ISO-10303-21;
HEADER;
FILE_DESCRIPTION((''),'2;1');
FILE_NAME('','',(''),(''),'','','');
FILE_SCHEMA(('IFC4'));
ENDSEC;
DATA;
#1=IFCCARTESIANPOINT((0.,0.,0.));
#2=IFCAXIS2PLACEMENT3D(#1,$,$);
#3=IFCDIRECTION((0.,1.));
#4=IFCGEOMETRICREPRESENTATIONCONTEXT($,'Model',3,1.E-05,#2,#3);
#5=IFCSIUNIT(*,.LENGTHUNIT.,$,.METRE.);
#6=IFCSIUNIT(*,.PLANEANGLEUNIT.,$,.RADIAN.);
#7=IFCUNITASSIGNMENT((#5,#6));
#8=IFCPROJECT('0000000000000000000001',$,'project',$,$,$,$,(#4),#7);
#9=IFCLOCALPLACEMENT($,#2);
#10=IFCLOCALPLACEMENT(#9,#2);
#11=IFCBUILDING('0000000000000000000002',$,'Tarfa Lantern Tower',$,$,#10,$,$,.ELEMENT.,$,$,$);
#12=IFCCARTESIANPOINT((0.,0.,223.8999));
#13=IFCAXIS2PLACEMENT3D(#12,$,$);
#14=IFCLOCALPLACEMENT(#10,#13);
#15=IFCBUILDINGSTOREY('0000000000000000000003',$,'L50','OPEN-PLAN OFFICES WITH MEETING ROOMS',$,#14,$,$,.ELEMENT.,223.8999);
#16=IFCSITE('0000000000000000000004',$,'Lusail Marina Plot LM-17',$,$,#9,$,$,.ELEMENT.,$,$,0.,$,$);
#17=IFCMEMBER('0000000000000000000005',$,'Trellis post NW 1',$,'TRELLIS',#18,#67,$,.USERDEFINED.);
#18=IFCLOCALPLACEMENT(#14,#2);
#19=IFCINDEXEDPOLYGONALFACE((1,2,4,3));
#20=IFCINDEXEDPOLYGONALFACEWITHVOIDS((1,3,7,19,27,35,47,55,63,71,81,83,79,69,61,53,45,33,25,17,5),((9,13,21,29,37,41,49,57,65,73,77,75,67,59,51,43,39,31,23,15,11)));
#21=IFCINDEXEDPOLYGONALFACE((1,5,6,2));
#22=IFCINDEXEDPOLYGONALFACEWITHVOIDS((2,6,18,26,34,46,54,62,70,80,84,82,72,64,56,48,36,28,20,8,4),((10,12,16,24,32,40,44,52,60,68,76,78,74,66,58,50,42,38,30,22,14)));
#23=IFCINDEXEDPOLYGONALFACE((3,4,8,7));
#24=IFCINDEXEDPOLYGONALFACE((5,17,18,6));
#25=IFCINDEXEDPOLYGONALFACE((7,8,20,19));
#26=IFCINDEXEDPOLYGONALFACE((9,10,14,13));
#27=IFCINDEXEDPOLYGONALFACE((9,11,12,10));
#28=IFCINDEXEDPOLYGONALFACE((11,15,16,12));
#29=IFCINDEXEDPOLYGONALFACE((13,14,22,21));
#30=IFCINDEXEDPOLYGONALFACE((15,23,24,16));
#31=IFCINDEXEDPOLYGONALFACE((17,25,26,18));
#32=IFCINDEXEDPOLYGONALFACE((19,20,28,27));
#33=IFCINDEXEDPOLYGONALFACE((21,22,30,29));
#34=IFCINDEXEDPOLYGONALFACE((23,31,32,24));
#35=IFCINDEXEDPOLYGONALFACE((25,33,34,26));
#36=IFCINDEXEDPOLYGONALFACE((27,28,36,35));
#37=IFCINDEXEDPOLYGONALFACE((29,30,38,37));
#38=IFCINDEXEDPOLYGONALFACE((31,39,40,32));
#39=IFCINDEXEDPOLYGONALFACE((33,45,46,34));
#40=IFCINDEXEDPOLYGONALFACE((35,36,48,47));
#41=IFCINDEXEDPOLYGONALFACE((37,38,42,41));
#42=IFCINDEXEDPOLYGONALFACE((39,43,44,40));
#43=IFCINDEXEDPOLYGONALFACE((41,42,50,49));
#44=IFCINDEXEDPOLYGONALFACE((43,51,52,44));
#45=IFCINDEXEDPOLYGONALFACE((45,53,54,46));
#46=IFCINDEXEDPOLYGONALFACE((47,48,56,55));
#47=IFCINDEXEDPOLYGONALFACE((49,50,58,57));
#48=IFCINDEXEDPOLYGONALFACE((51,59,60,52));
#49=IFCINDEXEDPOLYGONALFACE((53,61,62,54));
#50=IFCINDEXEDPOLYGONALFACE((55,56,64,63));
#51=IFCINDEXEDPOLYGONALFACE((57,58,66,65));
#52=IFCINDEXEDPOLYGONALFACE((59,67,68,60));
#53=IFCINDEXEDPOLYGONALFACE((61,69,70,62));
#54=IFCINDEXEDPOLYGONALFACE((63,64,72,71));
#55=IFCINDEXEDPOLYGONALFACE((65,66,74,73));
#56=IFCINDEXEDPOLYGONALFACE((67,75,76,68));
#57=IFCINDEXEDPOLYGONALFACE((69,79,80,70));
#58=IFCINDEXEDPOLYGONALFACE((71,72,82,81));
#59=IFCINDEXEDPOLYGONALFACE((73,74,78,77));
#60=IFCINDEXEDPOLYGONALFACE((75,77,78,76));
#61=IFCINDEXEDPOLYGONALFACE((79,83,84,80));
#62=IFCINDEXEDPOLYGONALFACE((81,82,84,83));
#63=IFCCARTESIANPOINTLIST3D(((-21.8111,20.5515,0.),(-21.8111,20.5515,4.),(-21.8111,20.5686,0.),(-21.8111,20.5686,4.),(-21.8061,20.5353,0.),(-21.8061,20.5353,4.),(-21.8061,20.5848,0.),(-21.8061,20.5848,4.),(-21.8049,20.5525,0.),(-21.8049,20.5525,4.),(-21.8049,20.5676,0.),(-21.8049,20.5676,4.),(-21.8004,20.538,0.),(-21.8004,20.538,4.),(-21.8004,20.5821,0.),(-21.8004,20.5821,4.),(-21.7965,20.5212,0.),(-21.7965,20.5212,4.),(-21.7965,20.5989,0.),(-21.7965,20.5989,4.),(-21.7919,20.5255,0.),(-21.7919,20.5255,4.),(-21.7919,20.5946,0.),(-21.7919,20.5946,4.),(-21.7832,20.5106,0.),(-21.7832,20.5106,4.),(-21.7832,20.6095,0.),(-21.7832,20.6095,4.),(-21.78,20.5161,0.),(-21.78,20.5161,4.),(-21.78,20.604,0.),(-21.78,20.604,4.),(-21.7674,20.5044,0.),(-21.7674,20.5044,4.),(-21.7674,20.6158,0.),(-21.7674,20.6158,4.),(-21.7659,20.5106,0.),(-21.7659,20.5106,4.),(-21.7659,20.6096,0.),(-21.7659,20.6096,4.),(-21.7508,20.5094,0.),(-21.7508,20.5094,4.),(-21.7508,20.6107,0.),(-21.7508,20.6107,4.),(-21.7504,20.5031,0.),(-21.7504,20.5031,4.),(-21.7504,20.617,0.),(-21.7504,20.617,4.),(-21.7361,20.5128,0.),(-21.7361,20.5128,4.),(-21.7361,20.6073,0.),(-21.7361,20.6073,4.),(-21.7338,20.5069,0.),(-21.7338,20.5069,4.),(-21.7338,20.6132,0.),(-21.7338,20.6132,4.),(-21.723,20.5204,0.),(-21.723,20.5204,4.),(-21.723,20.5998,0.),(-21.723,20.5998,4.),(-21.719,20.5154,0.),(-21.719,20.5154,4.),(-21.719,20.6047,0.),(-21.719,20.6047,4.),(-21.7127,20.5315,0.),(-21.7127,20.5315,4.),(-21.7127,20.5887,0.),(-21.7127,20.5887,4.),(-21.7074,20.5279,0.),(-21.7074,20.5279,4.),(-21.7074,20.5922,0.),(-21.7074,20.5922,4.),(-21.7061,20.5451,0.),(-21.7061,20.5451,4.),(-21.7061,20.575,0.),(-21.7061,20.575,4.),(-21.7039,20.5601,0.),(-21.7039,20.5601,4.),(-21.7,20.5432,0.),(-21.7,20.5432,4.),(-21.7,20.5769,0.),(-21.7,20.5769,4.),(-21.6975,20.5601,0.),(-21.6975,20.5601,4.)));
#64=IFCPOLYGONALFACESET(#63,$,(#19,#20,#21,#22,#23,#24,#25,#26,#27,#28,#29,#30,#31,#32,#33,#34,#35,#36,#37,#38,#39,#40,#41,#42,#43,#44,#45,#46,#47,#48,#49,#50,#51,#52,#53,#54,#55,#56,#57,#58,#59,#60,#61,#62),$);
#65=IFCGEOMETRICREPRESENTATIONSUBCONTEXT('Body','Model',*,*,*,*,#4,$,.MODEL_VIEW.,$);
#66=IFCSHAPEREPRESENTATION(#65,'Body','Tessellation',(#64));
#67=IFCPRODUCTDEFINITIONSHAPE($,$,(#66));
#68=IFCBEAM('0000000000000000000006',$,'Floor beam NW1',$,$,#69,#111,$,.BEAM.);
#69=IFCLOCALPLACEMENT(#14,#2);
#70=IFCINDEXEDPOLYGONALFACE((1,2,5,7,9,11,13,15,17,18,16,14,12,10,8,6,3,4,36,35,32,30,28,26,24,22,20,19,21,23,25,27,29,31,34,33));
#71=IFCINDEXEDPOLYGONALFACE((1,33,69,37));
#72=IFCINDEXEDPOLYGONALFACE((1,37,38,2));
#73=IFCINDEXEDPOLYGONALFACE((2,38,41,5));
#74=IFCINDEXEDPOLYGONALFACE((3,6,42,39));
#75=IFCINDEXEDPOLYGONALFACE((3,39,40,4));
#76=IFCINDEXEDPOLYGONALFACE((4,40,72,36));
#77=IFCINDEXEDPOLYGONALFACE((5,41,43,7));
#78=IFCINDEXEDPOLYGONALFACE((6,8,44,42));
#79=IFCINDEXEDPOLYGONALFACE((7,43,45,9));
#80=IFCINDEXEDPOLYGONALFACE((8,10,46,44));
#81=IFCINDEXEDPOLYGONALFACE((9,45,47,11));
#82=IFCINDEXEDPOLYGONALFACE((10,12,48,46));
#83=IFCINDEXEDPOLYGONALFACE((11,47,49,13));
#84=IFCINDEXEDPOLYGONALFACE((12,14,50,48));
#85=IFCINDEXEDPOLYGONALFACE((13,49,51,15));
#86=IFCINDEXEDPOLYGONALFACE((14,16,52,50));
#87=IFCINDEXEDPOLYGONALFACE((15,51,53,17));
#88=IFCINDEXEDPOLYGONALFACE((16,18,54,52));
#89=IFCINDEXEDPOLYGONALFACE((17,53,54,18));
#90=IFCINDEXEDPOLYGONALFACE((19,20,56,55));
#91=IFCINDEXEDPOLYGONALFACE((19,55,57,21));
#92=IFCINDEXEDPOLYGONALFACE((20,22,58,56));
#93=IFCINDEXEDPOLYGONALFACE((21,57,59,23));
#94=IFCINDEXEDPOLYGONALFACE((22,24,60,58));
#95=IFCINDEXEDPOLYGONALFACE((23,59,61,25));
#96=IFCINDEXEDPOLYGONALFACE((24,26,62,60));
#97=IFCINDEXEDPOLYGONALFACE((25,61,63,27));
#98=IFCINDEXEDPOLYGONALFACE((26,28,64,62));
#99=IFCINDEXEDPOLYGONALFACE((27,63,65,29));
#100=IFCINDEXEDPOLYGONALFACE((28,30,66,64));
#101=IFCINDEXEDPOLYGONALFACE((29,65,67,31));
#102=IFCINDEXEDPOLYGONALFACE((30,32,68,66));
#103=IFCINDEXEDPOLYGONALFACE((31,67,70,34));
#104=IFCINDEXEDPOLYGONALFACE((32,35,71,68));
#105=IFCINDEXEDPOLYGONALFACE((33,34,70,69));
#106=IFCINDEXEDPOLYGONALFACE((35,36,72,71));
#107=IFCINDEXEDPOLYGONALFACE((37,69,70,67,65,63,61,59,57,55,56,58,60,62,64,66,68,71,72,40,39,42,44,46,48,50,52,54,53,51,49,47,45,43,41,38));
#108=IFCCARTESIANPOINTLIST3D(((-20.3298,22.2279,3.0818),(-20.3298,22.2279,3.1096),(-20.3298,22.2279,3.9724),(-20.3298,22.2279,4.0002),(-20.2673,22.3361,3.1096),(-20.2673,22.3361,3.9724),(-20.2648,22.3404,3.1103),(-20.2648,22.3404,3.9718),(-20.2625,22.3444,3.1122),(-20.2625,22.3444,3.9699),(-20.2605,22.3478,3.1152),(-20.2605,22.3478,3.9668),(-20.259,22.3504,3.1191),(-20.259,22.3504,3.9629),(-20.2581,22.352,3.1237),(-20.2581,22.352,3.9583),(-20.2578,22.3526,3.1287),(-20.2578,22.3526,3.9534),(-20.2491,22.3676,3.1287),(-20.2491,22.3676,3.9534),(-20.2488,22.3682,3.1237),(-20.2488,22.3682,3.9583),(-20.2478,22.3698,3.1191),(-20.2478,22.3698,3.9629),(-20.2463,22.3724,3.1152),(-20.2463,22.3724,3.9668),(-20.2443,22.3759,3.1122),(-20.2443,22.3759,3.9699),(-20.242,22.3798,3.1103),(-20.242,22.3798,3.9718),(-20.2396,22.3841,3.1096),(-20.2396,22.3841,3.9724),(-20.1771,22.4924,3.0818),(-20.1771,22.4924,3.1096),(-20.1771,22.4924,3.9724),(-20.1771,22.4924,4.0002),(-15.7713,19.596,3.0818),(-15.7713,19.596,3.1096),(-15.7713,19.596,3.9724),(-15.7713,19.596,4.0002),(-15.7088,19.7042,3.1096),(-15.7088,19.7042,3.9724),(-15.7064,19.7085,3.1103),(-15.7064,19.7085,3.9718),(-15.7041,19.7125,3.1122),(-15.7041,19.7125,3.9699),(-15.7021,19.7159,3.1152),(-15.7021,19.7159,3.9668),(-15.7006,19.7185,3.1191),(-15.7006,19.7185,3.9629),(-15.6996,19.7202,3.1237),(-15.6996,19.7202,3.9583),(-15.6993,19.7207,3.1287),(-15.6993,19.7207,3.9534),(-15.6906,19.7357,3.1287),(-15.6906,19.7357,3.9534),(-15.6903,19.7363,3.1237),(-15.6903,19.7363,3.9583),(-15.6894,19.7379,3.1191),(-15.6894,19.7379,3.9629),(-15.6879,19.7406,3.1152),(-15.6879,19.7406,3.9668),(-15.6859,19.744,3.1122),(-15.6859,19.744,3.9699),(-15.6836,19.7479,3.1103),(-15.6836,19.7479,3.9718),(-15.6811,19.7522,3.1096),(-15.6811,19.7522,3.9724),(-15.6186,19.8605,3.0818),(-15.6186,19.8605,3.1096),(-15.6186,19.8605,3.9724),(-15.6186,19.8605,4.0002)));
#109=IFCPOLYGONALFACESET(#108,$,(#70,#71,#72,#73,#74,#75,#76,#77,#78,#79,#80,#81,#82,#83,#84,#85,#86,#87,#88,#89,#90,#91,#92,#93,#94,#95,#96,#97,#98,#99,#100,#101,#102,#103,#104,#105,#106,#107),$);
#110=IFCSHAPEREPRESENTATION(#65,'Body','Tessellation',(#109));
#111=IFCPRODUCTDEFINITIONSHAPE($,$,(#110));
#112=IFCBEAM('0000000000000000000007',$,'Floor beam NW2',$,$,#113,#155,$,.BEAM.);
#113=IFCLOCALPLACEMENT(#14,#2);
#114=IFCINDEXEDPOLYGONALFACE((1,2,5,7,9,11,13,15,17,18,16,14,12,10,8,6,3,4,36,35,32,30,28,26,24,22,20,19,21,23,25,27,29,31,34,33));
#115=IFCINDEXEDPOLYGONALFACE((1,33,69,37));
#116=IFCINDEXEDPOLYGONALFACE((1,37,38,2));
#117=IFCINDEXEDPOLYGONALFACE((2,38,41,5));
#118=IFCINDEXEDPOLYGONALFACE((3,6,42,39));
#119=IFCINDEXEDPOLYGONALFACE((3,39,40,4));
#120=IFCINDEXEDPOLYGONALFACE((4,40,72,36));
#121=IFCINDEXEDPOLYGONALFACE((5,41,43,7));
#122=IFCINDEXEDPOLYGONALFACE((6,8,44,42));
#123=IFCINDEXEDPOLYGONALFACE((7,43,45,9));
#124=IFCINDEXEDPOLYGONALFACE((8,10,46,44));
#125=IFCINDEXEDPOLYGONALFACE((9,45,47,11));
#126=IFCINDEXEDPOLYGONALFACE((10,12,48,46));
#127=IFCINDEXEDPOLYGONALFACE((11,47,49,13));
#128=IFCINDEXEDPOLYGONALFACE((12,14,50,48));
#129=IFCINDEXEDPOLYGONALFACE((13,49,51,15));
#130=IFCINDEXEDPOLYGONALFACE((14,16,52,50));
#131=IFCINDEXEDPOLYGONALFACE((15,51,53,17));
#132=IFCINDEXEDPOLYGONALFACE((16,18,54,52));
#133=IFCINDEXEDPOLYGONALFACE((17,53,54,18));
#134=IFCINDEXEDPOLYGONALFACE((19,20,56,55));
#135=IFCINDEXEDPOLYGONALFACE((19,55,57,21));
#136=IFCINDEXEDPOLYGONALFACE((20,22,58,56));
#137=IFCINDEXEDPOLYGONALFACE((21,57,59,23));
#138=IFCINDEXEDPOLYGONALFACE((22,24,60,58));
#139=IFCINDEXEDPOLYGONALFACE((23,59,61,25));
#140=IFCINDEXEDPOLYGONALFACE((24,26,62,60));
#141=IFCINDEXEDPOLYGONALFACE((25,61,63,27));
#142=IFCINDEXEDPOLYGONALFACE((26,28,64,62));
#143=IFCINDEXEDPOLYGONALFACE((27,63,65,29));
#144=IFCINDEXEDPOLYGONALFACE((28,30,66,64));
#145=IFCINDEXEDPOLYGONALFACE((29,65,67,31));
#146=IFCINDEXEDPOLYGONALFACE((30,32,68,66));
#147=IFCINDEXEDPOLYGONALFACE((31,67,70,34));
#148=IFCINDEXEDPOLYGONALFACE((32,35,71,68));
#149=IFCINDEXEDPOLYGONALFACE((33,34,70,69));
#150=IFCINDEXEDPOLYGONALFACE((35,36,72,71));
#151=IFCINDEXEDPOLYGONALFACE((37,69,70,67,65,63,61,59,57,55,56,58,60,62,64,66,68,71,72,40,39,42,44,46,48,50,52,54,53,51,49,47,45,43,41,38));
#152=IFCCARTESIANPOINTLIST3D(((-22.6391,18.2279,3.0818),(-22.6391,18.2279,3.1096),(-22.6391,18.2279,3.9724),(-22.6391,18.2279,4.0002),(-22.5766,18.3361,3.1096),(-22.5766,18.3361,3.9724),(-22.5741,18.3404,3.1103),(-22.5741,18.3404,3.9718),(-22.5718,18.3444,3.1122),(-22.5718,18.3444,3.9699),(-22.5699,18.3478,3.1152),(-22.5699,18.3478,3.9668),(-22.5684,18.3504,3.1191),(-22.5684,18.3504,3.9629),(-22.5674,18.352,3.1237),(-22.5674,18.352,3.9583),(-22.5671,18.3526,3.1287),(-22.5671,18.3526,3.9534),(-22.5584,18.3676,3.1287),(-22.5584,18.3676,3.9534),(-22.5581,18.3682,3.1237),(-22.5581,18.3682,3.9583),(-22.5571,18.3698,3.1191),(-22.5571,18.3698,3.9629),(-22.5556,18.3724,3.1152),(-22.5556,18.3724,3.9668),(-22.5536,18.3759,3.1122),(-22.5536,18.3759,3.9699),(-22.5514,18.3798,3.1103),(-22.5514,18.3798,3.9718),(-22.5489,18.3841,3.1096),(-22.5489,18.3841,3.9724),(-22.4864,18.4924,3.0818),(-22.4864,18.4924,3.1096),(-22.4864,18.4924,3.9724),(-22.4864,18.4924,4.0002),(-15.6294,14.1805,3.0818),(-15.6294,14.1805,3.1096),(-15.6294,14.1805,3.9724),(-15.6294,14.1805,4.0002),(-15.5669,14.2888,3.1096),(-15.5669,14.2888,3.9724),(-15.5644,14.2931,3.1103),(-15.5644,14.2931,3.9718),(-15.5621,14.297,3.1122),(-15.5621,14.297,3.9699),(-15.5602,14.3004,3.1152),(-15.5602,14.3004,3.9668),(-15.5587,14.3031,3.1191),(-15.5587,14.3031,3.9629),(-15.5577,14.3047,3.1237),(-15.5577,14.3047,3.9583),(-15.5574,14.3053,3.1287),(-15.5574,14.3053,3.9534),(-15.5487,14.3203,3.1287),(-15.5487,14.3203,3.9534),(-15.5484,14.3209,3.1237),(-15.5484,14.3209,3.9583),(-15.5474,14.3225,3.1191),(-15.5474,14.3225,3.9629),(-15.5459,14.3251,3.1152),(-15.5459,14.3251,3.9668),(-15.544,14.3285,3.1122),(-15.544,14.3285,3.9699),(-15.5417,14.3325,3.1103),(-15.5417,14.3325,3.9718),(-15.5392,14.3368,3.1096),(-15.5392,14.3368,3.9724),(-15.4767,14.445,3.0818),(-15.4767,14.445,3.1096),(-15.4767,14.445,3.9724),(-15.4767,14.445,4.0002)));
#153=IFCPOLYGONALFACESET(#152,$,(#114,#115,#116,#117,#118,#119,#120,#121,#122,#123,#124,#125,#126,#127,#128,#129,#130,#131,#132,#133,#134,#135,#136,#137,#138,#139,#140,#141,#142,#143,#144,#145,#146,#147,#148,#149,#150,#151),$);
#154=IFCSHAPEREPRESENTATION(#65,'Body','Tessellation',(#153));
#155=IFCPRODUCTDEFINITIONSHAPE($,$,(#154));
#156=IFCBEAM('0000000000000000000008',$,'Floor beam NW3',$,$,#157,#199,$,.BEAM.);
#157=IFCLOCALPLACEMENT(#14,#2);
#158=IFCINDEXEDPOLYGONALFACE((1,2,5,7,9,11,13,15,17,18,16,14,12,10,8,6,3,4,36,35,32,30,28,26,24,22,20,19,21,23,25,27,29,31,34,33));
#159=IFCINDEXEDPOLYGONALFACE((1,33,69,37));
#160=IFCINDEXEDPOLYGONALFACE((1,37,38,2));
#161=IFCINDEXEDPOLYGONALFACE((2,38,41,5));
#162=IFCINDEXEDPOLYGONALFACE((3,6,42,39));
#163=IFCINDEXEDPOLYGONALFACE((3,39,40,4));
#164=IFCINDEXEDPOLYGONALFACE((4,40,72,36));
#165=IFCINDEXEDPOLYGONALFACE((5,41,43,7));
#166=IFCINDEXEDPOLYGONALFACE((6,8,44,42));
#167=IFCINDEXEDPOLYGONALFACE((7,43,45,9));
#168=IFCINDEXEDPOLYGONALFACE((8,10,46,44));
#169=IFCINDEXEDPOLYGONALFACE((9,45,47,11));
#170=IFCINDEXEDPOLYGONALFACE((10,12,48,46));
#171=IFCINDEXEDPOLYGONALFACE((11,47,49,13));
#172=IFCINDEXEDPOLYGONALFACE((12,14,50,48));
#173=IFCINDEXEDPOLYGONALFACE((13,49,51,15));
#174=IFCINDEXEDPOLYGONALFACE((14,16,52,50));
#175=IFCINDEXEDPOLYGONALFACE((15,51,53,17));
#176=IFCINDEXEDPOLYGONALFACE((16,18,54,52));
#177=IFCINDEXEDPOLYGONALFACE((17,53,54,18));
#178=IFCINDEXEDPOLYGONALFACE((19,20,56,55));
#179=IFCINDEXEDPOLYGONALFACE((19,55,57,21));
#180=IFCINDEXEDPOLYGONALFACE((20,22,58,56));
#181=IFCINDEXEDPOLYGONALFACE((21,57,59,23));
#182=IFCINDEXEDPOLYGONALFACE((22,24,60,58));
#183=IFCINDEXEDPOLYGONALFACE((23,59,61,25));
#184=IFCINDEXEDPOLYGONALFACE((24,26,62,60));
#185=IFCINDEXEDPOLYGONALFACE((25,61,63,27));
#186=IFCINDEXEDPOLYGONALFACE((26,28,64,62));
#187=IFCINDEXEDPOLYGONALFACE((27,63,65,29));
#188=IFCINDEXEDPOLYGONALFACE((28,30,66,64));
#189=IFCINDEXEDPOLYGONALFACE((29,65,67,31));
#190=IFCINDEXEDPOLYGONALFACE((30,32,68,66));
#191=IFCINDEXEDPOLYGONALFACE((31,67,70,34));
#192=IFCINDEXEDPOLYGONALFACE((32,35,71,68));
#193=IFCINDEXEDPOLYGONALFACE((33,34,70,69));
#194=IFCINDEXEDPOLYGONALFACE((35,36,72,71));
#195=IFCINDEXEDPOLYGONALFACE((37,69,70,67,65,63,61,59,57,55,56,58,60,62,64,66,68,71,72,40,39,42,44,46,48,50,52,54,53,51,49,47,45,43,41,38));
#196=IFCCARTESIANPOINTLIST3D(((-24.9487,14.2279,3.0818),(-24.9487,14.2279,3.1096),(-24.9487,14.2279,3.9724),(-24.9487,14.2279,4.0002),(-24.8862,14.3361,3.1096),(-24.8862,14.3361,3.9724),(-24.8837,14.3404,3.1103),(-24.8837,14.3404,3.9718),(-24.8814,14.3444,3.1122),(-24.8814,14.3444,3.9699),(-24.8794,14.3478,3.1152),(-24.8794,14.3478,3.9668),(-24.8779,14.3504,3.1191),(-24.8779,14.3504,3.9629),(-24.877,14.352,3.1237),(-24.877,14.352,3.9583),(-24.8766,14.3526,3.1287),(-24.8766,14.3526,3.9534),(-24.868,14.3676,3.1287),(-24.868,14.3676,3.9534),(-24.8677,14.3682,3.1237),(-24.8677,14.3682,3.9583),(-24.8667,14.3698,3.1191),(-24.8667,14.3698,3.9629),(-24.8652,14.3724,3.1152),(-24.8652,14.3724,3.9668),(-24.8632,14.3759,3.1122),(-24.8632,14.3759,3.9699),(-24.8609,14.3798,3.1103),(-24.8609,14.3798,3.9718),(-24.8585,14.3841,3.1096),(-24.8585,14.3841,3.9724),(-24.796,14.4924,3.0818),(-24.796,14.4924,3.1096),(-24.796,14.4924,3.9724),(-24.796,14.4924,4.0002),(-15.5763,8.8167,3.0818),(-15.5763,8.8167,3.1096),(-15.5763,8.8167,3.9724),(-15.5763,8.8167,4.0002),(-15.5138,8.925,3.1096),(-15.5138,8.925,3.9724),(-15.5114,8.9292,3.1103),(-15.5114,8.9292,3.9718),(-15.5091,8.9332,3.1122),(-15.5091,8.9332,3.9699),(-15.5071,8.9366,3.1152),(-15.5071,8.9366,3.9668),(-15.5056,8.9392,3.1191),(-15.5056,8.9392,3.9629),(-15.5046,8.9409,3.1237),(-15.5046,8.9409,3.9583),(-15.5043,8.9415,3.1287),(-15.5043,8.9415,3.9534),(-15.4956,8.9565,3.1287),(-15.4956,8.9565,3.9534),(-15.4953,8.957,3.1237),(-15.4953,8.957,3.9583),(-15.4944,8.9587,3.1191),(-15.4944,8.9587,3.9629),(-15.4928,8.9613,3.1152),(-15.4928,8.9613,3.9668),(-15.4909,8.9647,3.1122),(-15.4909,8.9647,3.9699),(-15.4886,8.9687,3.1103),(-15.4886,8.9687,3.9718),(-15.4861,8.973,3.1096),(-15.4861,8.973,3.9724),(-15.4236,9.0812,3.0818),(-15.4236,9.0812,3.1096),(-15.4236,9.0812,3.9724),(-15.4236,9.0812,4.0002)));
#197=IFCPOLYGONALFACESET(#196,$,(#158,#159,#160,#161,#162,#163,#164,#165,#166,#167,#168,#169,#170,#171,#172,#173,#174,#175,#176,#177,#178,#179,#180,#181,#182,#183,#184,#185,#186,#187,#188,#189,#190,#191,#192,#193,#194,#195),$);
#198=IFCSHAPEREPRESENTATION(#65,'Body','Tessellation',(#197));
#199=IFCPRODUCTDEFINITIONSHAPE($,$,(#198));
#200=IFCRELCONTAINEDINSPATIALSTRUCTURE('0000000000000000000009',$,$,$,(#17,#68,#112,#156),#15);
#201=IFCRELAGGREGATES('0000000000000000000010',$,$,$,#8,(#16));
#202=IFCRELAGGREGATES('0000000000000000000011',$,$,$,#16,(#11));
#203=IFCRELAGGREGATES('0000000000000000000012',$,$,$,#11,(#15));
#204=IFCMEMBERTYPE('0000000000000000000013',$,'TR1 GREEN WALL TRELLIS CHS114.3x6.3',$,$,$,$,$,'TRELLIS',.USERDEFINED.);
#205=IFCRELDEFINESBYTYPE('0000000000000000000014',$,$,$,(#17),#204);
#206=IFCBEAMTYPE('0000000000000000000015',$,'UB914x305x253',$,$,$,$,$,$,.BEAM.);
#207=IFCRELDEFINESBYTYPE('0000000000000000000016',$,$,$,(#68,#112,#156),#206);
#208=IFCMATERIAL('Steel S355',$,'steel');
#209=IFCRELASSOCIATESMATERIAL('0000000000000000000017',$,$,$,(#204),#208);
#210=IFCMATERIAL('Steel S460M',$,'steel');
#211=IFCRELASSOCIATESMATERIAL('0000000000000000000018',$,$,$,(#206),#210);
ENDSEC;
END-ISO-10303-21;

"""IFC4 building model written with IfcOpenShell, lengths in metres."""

from ifc_helpers import new_model, si_unit, direction, frame, origin, origin_2d, place, context, subcontext, project, spatial, hollow_circle, i_section, extrude, material, material_profile, profile_set, type_object, element, save


model = new_model("IFC4")

# Units and contexts
model_context = context("Model", 3, precision=1e-05, world=origin(), true_north=direction((0.0, 1.0)))
body_context = subcontext(model_context, "Body", "Model", "MODEL_VIEW")
ifc_project = project(units=[si_unit("LENGTHUNIT", "METRE"), si_unit("PLANEANGLEUNIT", "RADIAN")], contexts=[model_context])

# Site, building, storey
site_placement = place(None, origin())
site = spatial("IfcSite", under=ifc_project, at=site_placement, Name="Lusail Marina Plot LM-17", CompositionType="ELEMENT", RefElevation=0.0)
building_placement = place(site_placement, origin())
building = spatial("IfcBuilding", under=site, at=building_placement, Name="Tarfa Lantern Tower", CompositionType="ELEMENT")
storey_placement = place(building_placement, frame((0.0, 0.0, 223.8999)))
storey = spatial("IfcBuildingStorey", under=building, at=storey_placement, Name="L50", Description="OPEN-PLAN OFFICES WITH MEETING ROOMS", CompositionType="ELEMENT", Elevation=223.8999)

# Member
ifc_material_1 = material(Name="Steel S355", Category="steel")
ifc_material_profile_1 = material_profile(ifc_material_1, hollow_circle(Radius=0.0571, WallThickness=0.0063, at=origin_2d()), Name="CHS114.3x6.3")
ifc_profile_set_1 = profile_set([ifc_material_profile_1], Name="Steel S355")
member_type_1 = type_object("IfcMemberType", Name="TR1 GREEN WALL TRELLIS CHS114.3x6.3", ElementType="TRELLIS", PredefinedType="USERDEFINED", material=ifc_profile_set_1)
member_1_placement = place(storey_placement, frame((-21.7546, 20.5601, 0.0), z_axis=(0.0, 0.0, 1.0), x_axis=(1.0, 0.0, 0.0)))
element("IfcMember", 1, at=member_1_placement, inside=storey, type_object=member_type_1, Name="Trellis post NW 1", ObjectType="TRELLIS", PredefinedType="USERDEFINED", context=body_context, shape_type="SweptSolid", body=[
    extrude(hollow_circle(Radius=0.0571, WallThickness=0.0063, at=origin_2d()), origin(), (0.0, 0.0, 1.0), 4.0),
])

# Beams
ifc_material_2 = material(Name="Steel S460M", Category="steel")
ifc_material_profile_2 = material_profile(ifc_material_2, i_section(OverallWidth=0.3054, OverallDepth=0.9185, WebThickness=0.0173, FlangeThickness=0.0278, FilletRadius=0.019, at=origin_2d()), Name="UB914x305x253")
ifc_profile_set_2 = profile_set([ifc_material_profile_2], Name="Steel S460M")
beam_type_1 = type_object("IfcBeamType", Name="UB914x305x253", PredefinedType="BEAM", material=ifc_profile_set_2)
beam_1_placement = place(storey_placement, frame((-20.2534, 22.3601, 3.541), z_axis=(0.86602, -0.50001, 0.0), x_axis=(0.50001, 0.86602, 0.0)))
element("IfcBeam", 2, at=beam_1_placement, inside=storey, type_object=beam_type_1, Name="Floor beam NW1", PredefinedType="BEAM", context=body_context, shape_type="SweptSolid", body=[
    extrude(i_section(OverallWidth=0.3054, OverallDepth=0.9185, WebThickness=0.0173, FlangeThickness=0.0278, FilletRadius=0.019, at=origin_2d()), origin(), (0.0, 0.0, 1.0), 5.2637),
])
beam_2_placement = place(storey_placement, frame((-22.5627, 18.3601, 3.541), z_axis=(0.866011, -0.500025, 0.0), x_axis=(0.500025, 0.866011, 0.0)))
element("IfcBeam", 3, at=beam_2_placement, inside=storey, type_object=beam_type_1, Name="Floor beam NW2", PredefinedType="BEAM", context=body_context, shape_type="SweptSolid", body=[
    extrude(i_section(OverallWidth=0.3054, OverallDepth=0.9185, WebThickness=0.0173, FlangeThickness=0.0278, FilletRadius=0.019, at=origin_2d()), origin(), (0.0, 0.0, 1.0), 8.0942),
])
beam_3_placement = place(storey_placement, frame((-24.8723, 14.3601, 3.541), z_axis=(0.866024, -0.500002, 0.0), x_axis=(0.500002, 0.866024, 0.0)))
element("IfcBeam", 4, at=beam_3_placement, inside=storey, type_object=beam_type_1, Name="Floor beam NW3", PredefinedType="BEAM", context=body_context, shape_type="SweptSolid", body=[
    extrude(i_section(OverallWidth=0.3054, OverallDepth=0.9185, WebThickness=0.0173, FlangeThickness=0.0278, FilletRadius=0.019, at=origin_2d()), origin(), (0.0, 0.0, 1.0), 10.8223),
])

save(model, "model.ifc")
